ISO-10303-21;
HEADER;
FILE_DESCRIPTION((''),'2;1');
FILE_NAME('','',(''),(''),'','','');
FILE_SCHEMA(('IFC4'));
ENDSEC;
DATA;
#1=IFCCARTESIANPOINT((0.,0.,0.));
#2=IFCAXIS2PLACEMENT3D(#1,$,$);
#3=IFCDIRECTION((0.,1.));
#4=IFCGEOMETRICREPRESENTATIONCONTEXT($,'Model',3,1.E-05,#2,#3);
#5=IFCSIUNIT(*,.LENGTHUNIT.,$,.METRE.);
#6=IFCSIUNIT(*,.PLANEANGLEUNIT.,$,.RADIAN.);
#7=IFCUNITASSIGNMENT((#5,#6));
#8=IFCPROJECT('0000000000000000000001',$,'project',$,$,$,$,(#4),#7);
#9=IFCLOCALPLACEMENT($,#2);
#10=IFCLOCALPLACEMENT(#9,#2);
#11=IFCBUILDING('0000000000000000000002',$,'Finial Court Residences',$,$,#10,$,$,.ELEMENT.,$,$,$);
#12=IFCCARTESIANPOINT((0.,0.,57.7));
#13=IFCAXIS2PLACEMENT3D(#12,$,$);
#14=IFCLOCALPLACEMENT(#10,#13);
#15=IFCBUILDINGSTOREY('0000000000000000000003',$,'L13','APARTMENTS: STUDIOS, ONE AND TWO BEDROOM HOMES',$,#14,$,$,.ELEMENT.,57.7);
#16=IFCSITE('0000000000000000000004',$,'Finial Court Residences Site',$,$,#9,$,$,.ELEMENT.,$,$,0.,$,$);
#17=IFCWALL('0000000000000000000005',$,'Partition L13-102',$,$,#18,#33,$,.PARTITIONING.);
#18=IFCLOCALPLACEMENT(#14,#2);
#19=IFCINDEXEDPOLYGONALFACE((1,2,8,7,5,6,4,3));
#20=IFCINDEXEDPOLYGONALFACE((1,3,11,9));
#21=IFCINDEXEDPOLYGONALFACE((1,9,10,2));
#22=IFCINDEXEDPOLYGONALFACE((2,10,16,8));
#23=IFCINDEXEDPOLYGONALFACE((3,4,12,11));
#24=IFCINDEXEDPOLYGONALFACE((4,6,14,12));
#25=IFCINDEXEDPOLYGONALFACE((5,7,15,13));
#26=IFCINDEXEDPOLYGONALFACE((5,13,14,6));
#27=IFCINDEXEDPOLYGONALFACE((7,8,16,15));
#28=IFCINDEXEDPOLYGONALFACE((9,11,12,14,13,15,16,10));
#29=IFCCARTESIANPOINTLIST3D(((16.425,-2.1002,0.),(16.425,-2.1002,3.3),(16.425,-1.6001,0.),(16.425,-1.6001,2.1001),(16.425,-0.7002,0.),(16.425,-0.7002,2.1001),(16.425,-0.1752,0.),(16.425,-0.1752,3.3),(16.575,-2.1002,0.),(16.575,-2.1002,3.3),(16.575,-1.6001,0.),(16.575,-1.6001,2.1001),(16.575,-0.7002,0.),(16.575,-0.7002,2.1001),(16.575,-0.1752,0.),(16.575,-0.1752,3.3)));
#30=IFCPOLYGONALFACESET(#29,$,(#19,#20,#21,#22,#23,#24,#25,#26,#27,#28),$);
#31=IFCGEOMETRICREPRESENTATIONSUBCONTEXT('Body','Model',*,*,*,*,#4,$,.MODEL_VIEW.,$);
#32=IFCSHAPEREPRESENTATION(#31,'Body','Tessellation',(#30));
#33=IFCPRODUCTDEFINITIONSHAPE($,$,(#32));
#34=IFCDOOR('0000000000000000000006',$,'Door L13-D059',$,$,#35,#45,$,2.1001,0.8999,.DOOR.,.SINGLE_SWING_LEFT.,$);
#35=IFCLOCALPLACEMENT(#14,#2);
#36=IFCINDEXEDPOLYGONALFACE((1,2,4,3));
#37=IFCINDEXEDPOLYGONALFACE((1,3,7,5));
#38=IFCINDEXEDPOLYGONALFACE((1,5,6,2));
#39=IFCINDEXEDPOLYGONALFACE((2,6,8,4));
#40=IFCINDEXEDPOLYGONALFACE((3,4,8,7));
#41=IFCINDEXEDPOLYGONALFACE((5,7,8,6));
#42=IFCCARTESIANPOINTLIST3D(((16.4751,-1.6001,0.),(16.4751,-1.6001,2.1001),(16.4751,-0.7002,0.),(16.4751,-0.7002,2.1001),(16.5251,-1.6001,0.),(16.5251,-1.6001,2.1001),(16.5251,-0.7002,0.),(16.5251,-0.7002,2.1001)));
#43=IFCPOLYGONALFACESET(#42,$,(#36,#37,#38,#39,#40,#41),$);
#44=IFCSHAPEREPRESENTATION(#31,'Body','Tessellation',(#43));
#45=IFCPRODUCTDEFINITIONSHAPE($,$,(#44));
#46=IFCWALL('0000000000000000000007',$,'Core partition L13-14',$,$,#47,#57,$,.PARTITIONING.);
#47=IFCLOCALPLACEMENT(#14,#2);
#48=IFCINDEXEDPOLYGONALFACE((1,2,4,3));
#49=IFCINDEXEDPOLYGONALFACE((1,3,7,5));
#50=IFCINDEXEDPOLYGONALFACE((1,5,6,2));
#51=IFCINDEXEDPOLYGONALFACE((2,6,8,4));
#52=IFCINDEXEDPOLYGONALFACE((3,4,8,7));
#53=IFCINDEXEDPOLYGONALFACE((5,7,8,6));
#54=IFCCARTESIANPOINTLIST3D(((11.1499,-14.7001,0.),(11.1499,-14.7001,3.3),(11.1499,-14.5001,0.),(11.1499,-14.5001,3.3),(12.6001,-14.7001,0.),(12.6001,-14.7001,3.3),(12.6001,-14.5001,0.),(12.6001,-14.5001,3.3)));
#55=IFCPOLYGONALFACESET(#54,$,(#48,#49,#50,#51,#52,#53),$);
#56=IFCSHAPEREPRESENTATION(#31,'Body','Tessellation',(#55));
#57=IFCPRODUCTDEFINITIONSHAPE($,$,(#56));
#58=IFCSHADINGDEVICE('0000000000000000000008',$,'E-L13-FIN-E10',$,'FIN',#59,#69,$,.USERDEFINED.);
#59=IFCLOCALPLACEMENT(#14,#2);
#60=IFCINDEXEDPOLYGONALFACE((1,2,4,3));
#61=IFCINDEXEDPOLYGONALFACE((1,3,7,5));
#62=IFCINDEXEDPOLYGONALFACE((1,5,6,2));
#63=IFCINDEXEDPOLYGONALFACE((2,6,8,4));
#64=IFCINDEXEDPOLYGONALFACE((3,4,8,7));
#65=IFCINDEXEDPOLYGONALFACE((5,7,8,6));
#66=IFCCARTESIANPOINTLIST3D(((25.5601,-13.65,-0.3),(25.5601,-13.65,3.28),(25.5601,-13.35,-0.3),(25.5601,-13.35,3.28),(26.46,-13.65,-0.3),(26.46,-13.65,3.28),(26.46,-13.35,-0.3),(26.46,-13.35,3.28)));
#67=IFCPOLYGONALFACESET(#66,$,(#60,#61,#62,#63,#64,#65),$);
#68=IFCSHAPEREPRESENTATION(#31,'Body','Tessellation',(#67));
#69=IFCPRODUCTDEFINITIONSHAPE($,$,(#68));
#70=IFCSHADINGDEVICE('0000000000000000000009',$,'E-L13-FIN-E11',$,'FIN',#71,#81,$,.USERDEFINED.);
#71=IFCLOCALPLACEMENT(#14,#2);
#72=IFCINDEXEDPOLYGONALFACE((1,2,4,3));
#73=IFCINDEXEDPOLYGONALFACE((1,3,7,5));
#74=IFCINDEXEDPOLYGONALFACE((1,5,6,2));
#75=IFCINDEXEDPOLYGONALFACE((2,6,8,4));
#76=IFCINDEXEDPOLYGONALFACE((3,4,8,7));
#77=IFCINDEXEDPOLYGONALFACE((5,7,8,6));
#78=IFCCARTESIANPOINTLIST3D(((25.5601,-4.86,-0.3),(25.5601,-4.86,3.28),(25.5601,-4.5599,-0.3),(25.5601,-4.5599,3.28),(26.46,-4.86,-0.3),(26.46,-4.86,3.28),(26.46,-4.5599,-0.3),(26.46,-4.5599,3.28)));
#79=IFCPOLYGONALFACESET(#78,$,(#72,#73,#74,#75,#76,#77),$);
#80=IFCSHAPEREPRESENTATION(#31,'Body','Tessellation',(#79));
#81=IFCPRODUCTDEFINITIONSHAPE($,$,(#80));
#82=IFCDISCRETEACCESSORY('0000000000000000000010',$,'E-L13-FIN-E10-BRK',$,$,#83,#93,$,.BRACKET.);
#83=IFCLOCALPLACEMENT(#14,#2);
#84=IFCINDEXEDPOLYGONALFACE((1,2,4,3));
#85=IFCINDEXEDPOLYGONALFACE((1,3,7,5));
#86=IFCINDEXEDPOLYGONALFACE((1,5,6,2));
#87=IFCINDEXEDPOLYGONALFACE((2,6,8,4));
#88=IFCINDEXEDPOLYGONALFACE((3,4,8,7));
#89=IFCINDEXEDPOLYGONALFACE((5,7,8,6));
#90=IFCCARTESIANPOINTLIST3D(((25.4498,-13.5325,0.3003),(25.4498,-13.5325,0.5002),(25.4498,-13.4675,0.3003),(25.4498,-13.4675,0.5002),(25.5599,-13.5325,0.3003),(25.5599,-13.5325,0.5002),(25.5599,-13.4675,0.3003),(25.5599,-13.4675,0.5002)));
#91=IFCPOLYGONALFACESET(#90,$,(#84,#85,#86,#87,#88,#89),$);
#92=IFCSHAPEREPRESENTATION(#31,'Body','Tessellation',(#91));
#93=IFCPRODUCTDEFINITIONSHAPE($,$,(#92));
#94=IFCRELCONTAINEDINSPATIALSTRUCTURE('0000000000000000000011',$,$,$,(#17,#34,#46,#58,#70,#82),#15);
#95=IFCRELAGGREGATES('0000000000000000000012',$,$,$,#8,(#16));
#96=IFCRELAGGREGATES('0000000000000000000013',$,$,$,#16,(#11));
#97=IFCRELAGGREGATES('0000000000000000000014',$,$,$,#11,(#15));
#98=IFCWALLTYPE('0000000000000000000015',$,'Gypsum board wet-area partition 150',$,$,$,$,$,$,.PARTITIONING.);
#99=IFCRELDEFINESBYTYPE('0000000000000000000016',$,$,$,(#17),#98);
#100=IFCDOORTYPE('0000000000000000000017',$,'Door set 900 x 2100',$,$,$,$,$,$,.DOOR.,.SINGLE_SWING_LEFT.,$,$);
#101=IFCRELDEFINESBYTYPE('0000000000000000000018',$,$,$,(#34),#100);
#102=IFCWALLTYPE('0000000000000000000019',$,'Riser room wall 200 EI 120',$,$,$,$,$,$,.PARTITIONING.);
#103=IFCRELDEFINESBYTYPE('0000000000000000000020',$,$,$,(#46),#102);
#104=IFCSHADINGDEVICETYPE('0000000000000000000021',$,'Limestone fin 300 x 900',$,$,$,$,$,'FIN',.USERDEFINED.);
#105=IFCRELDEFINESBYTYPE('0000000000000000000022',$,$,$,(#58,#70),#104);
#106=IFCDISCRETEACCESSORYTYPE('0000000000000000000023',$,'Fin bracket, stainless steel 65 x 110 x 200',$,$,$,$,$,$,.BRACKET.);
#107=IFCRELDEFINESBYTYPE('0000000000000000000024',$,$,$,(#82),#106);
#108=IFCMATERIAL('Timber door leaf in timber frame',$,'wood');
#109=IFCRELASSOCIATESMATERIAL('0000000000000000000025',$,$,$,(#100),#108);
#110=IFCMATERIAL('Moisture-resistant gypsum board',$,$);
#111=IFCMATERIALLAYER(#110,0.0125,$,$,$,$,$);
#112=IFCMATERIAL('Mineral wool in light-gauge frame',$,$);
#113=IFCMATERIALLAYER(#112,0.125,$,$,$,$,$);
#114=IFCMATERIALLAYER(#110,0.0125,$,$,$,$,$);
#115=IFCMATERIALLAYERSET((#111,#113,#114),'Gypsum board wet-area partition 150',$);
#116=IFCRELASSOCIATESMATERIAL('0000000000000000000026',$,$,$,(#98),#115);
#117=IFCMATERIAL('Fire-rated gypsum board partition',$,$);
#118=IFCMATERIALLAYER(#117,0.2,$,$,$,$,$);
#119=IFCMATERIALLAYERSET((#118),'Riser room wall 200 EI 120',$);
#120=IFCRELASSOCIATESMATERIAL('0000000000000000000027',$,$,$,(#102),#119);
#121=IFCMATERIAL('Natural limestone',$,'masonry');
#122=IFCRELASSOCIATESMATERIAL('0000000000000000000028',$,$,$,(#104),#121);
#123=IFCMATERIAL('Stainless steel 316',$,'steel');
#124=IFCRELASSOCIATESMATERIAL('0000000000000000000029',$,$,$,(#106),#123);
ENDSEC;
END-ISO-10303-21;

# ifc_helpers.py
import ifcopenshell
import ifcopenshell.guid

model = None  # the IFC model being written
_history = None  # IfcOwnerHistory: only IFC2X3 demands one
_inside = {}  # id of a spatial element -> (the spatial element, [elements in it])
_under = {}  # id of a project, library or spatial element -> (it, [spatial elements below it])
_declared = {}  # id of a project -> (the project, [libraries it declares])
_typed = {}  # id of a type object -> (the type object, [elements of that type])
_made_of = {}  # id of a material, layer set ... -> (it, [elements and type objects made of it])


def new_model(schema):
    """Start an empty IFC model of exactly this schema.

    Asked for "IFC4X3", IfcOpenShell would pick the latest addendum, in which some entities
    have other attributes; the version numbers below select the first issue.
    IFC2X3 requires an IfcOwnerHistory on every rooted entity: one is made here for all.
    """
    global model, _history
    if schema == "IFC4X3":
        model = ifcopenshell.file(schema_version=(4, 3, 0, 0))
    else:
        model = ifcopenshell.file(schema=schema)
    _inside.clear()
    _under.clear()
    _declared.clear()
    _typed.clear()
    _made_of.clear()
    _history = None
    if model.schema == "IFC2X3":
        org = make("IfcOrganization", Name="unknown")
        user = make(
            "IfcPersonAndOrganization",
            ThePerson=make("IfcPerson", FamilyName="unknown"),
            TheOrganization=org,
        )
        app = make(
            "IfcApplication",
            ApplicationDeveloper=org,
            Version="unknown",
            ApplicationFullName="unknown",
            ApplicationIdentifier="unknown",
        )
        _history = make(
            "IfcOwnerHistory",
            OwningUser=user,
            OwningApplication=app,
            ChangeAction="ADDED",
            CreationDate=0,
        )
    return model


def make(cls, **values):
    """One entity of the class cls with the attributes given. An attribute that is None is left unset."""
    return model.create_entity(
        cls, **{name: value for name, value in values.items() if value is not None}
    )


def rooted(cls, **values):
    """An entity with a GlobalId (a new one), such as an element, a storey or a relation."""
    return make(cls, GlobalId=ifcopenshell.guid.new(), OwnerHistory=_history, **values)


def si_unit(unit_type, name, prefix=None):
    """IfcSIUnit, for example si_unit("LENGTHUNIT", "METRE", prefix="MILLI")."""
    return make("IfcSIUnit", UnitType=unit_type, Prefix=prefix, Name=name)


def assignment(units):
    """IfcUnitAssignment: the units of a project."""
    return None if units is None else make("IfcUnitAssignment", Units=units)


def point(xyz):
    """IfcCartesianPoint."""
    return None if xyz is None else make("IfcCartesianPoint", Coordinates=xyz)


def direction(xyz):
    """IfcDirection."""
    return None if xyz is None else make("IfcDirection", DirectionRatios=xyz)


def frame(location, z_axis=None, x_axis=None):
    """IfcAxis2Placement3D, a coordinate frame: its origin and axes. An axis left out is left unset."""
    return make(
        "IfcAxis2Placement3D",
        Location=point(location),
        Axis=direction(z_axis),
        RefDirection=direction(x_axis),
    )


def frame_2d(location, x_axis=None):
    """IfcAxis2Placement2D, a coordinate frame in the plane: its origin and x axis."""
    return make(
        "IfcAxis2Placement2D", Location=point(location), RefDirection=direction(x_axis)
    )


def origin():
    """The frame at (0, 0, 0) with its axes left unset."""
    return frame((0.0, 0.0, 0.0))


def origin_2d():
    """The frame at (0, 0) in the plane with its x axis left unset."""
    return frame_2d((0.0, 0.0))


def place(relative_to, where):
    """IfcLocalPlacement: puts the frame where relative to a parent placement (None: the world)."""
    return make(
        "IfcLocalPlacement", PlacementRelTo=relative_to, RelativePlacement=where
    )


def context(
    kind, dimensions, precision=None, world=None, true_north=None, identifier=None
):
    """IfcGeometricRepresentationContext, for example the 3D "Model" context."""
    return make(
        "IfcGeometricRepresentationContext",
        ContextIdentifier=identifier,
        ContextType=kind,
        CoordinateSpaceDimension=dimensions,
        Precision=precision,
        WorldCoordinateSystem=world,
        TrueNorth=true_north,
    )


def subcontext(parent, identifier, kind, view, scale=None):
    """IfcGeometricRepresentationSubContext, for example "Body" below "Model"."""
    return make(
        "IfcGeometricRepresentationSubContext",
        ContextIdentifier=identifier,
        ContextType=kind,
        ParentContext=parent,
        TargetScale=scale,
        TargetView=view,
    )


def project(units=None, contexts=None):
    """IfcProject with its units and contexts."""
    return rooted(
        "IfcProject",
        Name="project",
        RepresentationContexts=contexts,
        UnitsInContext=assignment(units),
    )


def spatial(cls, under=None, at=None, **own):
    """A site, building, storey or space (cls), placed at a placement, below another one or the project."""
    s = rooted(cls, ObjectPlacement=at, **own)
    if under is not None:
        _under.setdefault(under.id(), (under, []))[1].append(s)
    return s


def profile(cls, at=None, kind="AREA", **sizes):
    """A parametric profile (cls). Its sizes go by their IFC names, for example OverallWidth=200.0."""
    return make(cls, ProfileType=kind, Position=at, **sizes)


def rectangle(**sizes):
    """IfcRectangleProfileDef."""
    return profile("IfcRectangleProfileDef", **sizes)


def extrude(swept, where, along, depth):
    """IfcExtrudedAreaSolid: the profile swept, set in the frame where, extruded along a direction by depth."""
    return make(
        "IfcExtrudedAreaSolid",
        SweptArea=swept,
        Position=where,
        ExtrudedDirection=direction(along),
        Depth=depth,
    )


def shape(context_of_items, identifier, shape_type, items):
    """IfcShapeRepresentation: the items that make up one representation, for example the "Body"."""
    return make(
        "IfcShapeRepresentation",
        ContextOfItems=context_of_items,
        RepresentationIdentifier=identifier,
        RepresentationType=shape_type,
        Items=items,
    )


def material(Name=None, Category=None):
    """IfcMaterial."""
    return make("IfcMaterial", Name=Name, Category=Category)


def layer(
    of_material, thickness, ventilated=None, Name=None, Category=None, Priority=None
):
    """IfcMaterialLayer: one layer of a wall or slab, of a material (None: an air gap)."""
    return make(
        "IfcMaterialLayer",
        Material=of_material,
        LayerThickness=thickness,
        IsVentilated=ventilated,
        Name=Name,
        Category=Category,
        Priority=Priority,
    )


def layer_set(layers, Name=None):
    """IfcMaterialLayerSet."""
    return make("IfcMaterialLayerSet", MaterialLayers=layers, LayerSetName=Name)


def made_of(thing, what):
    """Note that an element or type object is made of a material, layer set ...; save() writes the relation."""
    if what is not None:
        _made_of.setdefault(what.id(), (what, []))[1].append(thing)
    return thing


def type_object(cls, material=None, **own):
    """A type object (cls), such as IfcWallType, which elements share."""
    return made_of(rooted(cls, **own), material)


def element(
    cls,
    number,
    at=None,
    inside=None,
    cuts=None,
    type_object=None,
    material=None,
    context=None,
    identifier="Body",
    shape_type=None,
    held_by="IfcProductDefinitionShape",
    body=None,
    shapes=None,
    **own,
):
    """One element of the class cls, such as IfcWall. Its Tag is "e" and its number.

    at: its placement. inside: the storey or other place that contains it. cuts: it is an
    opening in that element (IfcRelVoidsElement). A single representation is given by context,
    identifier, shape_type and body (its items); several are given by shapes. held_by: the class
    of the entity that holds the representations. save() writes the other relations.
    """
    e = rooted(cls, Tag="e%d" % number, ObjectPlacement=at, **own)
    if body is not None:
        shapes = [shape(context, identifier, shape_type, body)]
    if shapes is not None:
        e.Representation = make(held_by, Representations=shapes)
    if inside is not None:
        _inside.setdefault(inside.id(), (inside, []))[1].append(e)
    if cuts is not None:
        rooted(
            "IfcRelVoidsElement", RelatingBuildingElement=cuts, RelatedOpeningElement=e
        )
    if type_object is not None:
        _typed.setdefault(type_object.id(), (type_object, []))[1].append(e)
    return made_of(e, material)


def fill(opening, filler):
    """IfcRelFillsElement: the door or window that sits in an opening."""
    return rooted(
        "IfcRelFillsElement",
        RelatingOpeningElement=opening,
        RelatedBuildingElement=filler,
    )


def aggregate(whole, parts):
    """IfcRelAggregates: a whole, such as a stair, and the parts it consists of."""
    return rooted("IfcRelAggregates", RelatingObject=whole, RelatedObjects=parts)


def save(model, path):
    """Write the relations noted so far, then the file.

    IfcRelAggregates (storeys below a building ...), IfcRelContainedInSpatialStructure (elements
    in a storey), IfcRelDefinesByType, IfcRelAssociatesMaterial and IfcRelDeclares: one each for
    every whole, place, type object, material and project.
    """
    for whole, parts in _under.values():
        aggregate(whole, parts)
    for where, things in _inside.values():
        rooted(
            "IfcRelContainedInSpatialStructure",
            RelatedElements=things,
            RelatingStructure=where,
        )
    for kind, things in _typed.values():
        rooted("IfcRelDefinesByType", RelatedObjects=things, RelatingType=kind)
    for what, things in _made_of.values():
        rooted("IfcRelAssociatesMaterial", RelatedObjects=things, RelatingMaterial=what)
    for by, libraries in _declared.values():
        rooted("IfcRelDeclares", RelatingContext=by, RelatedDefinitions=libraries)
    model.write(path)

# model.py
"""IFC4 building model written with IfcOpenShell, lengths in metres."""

from ifc_helpers import new_model, si_unit, direction, frame, frame_2d, origin, origin_2d, place, context, subcontext, project, spatial, rectangle, extrude, material, layer, layer_set, type_object, element, fill, save


model = new_model("IFC4")

# Units and contexts
model_context = context("Model", 3, precision=1e-05, world=origin(), true_north=direction((0.0, 1.0)))
body_context = subcontext(model_context, "Body", "Model", "MODEL_VIEW")
ifc_project = project(units=[si_unit("LENGTHUNIT", "METRE"), si_unit("PLANEANGLEUNIT", "RADIAN")], contexts=[model_context])

# Site, building, storey
site_placement = place(None, origin())
site = spatial("IfcSite", under=ifc_project, at=site_placement, Name="Finial Court Residences Site", CompositionType="ELEMENT", RefElevation=0.0)
building_placement = place(site_placement, origin())
building = spatial("IfcBuilding", under=site, at=building_placement, Name="Finial Court Residences", CompositionType="ELEMENT")
storey_placement = place(building_placement, frame((0.0, 0.0, 57.7)))
storey = spatial("IfcBuildingStorey", under=building, at=storey_placement, Name="L13", Description="APARTMENTS: STUDIOS, ONE AND TWO BEDROOM HOMES", CompositionType="ELEMENT", Elevation=57.7)

# Shared definitions
ifc_material_1 = material(Name="Mineral wool in light-gauge frame")

# Shared definitions
ifc_material_2 = material(Name="Timber door leaf in timber frame", Category="wood")
door_type_1 = type_object("IfcDoorType", Name="Door set 900 x 2100", OperationType="SINGLE_SWING_LEFT", PredefinedType="DOOR", material=ifc_material_2)

# Shared definitions
ifc_material_3 = material(Name="Moisture-resistant gypsum board")
ifc_layer_1 = layer(ifc_material_3, 0.0125)
ifc_layer_2 = layer(ifc_material_1, 0.125)
ifc_layer_3 = layer(ifc_material_3, 0.0125)
ifc_layer_set_1 = layer_set([ifc_layer_1, ifc_layer_2, ifc_layer_3], Name="Gypsum board wet-area partition 150")
wall_type_1 = type_object("IfcWallType", Name="Gypsum board wet-area partition 150", PredefinedType="PARTITIONING", material=ifc_layer_set_1)

# Wall, opening, door
wall_1_placement = place(storey_placement, frame((16.5, -2.1001, 0.0), z_axis=(0.0, 0.0, 1.0), x_axis=(0.0, 1.0, 0.0)))
wall_1 = element("IfcWall", 1, at=wall_1_placement, inside=storey, type_object=wall_type_1, Name="Partition L13-102", PredefinedType="PARTITIONING", context=body_context, shape_type="SweptSolid", body=[
    extrude(rectangle(XDim=1.925, YDim=0.1499, at=frame_2d((0.9624, 0.0))), origin(), (0.0, 0.0, 1.0), 3.3),
])
opening_1_placement = place(wall_1_placement, frame((0.5, 0.0, 0.0)))
opening_1 = element("IfcOpeningElement", 2, at=opening_1_placement, cuts=wall_1, PredefinedType="OPENING", context=body_context, shape_type="SweptSolid", body=[
    extrude(rectangle(XDim=0.8999, YDim=2.1001, at=frame_2d((0.45, 1.05))), frame((0.0, 0.085, 0.0), z_axis=(0.0, -1.0, 0.0), x_axis=(1.0, 0.0, 0.0)), (0.0, 0.0, 1.0), 0.1699),
])
door_1_placement = place(opening_1_placement, origin())
door_1 = element("IfcDoor", 3, at=door_1_placement, inside=storey, type_object=door_type_1, Name="Door L13-D059", OperationType="SINGLE_SWING_LEFT", OverallHeight=2.1001, OverallWidth=0.8999, PredefinedType="DOOR", context=body_context, shape_type="SweptSolid", body=[
    extrude(rectangle(XDim=0.8999, YDim=2.1001, at=frame_2d((0.45, 1.05))), frame((0.0, 0.0249, 0.0), z_axis=(0.0, -1.0, 0.0), x_axis=(1.0, 0.0, 0.0)), (0.0, 0.0, 1.0), 0.05),
])
fill(opening_1, door_1)

# Wall
ifc_material_4 = material(Name="Fire-rated gypsum board partition")
ifc_layer_4 = layer(ifc_material_4, 0.2)
ifc_layer_set_2 = layer_set([ifc_layer_4], Name="Riser room wall 200 EI 120")
wall_type_2 = type_object("IfcWallType", Name="Riser room wall 200 EI 120", PredefinedType="PARTITIONING", material=ifc_layer_set_2)
wall_2_placement = place(storey_placement, frame((11.1499, -14.6001, 0.0), z_axis=(0.0, 0.0, 1.0), x_axis=(1.0, 0.0, 0.0)))
element("IfcWall", 4, at=wall_2_placement, inside=storey, type_object=wall_type_2, Name="Core partition L13-14", PredefinedType="PARTITIONING", context=body_context, shape_type="SweptSolid", body=[
    extrude(rectangle(XDim=1.4502, YDim=0.2, at=frame_2d((0.7251, 0.0))), origin(), (0.0, 0.0, 1.0), 3.3),
])

# Shading devices
ifc_material_5 = material(Name="Natural limestone", Category="masonry")
shading_device_type = type_object("IfcShadingDeviceType", Name="Limestone fin 300 x 900", ElementType="FIN", PredefinedType="USERDEFINED", material=ifc_material_5)
for number, where, z_axis, x_axis, name in (
    (5, (26.01, -13.5, -0.3), (0.0, 0.0, 1.0), (1.0, 0.0, 0.0), "E-L13-FIN-E10"),
    (6, (26.01, -4.71, -0.3), (0.0, 0.0, 1.0), (1.0, 0.0, 0.0), "E-L13-FIN-E11"),
):
    element("IfcShadingDevice", number, at=place(storey_placement, frame(where, z_axis=z_axis, x_axis=x_axis)), inside=storey, type_object=shading_device_type, Name=name, ObjectType="FIN", PredefinedType="USERDEFINED", context=body_context, shape_type="SweptSolid", body=[
        extrude(rectangle(XDim=0.8999, YDim=0.3, at=origin_2d()), origin(), (0.0, 0.0, 1.0), 3.5801),
    ])

# Discrete accessory
ifc_material_6 = material(Name="Stainless steel 316", Category="steel")
discrete_accessory_type = type_object("IfcDiscreteAccessoryType", Name="Fin bracket, stainless steel 65 x 110 x 200", PredefinedType="BRACKET", material=ifc_material_6)
discrete_accessory_placement = place(storey_placement, frame((25.5049, -13.5, 0.3003), z_axis=(0.0, 0.0, 1.0), x_axis=(1.0, 0.0, 0.0)))
element("IfcDiscreteAccessory", 7, at=discrete_accessory_placement, inside=storey, type_object=discrete_accessory_type, Name="E-L13-FIN-E10-BRK", PredefinedType="BRACKET", context=body_context, shape_type="SweptSolid", body=[
    extrude(rectangle(XDim=0.1101, YDim=0.0649, at=origin_2d()), origin(), (0.0, 0.0, 1.0), 0.2),
])

save(model, "model.ifc")
